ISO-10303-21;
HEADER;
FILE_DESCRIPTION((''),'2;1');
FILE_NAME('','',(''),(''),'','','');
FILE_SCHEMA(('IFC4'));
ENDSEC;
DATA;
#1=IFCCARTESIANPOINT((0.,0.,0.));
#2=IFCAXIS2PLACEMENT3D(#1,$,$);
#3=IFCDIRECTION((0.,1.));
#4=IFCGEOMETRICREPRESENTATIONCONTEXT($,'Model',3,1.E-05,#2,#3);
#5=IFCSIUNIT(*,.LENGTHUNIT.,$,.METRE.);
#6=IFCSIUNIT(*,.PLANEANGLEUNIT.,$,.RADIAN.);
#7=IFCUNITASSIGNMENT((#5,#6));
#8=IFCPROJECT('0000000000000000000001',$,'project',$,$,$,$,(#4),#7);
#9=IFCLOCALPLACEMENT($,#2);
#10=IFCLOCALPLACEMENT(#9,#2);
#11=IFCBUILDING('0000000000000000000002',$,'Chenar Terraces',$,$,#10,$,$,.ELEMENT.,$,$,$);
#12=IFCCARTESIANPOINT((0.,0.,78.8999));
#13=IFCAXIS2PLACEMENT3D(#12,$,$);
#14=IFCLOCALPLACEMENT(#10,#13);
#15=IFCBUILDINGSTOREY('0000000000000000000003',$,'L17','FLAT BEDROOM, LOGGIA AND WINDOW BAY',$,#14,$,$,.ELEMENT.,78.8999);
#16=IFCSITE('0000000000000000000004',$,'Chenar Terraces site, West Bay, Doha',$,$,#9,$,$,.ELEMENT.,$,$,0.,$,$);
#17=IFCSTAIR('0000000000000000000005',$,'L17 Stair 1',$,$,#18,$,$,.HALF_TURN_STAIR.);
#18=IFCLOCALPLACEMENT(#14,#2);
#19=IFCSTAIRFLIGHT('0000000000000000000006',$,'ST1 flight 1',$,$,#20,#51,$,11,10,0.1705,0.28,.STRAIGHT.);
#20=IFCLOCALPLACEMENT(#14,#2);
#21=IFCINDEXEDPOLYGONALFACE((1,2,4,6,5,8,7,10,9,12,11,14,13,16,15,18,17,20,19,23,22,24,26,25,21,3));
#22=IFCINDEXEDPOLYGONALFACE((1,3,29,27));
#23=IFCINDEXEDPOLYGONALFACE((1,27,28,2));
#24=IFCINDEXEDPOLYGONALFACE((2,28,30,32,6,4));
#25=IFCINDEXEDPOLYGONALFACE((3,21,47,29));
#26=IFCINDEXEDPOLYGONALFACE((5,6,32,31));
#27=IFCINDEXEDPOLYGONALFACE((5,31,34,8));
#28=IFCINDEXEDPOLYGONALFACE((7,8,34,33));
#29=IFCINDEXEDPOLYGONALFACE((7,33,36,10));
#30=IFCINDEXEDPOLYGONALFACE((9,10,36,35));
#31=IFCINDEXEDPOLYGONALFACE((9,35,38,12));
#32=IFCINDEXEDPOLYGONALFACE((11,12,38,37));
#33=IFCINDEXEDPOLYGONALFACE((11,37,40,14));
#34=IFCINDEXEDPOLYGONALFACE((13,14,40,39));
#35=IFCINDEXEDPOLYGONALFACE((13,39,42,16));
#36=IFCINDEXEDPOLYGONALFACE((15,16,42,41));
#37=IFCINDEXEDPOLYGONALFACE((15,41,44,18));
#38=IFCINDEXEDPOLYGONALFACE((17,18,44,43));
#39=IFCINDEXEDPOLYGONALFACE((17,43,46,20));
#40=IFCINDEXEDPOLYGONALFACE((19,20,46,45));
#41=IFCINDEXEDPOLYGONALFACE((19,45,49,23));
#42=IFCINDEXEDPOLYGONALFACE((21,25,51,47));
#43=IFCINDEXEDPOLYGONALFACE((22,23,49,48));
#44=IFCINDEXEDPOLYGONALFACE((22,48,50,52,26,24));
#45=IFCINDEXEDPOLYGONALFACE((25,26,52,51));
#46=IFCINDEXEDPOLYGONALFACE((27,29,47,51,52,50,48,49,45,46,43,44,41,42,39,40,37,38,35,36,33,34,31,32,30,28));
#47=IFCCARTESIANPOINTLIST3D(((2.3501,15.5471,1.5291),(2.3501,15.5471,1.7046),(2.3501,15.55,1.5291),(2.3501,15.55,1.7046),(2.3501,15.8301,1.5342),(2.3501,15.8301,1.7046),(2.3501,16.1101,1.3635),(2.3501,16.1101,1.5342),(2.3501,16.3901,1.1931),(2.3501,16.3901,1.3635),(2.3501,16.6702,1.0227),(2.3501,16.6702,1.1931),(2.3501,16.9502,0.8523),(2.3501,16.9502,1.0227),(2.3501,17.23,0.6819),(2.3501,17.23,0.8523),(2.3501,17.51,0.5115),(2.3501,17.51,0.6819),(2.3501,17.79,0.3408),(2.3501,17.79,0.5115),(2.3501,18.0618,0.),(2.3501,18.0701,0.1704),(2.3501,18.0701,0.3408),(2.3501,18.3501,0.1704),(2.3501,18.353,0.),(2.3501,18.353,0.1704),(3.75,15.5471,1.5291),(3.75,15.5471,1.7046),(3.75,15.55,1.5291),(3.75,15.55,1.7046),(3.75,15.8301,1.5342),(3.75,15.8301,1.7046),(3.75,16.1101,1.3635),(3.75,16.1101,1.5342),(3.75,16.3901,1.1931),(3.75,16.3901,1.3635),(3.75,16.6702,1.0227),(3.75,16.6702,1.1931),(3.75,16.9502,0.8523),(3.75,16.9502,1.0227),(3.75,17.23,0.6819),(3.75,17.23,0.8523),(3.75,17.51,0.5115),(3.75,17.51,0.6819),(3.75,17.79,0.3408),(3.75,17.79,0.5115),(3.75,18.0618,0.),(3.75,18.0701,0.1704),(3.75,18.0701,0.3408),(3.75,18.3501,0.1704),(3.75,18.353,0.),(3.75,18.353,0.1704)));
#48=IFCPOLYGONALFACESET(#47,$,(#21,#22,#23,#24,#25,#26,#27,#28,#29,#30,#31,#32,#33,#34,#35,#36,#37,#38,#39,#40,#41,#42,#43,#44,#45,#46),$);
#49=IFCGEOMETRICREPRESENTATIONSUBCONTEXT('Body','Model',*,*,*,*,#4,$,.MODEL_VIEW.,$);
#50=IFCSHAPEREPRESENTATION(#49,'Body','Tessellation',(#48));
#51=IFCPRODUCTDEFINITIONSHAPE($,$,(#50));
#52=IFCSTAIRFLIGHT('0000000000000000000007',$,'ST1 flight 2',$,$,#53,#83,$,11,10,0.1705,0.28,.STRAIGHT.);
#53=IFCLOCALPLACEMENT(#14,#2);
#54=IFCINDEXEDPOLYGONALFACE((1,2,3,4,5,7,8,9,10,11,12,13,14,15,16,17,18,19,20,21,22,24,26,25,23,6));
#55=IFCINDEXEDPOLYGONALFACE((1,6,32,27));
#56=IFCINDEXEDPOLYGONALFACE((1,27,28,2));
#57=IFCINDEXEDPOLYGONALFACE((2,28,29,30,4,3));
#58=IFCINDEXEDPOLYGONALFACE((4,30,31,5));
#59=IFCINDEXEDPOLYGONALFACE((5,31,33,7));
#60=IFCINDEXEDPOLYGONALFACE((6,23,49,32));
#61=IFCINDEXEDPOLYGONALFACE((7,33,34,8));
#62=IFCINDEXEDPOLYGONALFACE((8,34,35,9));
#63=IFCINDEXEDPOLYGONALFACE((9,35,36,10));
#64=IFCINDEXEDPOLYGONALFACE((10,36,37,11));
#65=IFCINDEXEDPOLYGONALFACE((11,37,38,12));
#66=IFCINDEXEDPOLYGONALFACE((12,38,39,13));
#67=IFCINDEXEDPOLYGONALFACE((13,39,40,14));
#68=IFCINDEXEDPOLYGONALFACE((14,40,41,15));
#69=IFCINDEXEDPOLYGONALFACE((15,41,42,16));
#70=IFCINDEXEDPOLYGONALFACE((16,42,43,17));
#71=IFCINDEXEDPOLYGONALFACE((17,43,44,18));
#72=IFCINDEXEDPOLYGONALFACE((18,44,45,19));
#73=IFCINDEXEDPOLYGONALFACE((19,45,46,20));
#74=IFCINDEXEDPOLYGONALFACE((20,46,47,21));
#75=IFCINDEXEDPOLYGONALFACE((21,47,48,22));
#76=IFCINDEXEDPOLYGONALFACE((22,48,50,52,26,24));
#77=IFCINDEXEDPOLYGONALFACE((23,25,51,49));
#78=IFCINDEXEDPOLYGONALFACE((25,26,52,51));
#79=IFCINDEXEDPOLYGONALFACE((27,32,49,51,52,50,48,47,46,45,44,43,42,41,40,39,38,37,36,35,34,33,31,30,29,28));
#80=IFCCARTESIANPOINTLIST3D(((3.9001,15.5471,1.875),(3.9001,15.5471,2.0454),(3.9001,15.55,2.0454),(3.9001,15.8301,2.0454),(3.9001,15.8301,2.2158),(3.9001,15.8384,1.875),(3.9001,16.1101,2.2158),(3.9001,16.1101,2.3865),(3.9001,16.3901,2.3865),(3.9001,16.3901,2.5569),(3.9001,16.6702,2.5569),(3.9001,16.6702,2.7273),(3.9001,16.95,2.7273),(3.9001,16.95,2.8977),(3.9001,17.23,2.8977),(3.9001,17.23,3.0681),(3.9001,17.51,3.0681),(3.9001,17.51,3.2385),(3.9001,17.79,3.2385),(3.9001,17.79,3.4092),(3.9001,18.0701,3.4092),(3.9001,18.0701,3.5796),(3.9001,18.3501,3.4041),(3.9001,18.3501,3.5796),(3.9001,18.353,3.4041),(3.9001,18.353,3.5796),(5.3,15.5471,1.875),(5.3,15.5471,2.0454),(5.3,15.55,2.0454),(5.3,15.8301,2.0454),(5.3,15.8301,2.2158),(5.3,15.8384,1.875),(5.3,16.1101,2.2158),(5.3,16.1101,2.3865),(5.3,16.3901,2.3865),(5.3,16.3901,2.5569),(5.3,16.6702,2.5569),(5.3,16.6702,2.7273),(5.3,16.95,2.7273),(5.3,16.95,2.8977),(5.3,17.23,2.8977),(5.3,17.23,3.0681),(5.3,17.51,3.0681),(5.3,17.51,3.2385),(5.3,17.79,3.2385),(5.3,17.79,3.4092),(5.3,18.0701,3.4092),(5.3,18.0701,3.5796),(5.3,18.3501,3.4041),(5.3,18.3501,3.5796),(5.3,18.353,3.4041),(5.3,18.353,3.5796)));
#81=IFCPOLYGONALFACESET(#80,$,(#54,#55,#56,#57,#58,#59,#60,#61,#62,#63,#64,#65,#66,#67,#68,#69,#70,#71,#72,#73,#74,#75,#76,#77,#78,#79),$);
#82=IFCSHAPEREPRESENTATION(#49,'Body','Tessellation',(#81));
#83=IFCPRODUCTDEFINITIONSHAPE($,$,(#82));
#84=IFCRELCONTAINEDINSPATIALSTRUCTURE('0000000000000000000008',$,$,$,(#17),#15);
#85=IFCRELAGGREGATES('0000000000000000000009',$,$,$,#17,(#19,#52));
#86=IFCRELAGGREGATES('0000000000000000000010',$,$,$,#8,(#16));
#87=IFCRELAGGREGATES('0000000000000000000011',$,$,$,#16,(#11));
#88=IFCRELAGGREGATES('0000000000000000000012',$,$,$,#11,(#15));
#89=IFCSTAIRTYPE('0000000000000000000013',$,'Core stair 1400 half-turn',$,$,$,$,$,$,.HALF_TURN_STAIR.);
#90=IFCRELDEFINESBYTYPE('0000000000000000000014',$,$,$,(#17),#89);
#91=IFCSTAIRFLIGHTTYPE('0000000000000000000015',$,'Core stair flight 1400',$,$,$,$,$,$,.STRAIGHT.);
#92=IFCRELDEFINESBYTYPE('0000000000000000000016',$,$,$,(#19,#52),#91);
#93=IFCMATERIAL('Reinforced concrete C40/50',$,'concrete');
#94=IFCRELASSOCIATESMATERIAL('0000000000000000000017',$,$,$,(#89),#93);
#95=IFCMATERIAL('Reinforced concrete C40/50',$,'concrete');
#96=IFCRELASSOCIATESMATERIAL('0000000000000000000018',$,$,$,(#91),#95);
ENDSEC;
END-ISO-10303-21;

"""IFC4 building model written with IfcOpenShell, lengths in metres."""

from ifc_helpers import new_model, si_unit, direction, frame, origin, place, context, subcontext, project, spatial, polyline, outline, extrude, material, type_object, element, aggregate, save


model = new_model("IFC4")

# Units and contexts
model_context = context("Model", 3, precision=1e-05, world=origin(), true_north=direction((0.0, 1.0)))
body_context = subcontext(model_context, "Body", "Model", "MODEL_VIEW")
ifc_project = project(units=[si_unit("LENGTHUNIT", "METRE"), si_unit("PLANEANGLEUNIT", "RADIAN")], contexts=[model_context])

# Site, building, storey
site_placement = place(None, origin())
site = spatial("IfcSite", under=ifc_project, at=site_placement, Name="Chenar Terraces site, West Bay, Doha", CompositionType="ELEMENT", RefElevation=0.0)
building_placement = place(site_placement, origin())
building = spatial("IfcBuilding", under=site, at=building_placement, Name="Chenar Terraces", CompositionType="ELEMENT")
storey_placement = place(building_placement, frame((0.0, 0.0, 78.8999)))
storey = spatial("IfcBuildingStorey", under=building, at=storey_placement, Name="L17", Description="FLAT BEDROOM, LOGGIA AND WINDOW BAY", CompositionType="ELEMENT", Elevation=78.8999)

# Stair, stair flights
ifc_material_1 = material(Name="Reinforced concrete C40/50", Category="concrete")
stair_type = type_object("IfcStairType", Name="Core stair 1400 half-turn", PredefinedType="HALF_TURN_STAIR", material=ifc_material_1)
stair_placement = place(storey_placement, origin())
stair = element("IfcStair", 1, at=stair_placement, inside=storey, type_object=stair_type, Name="L17 Stair 1", PredefinedType="HALF_TURN_STAIR")
ifc_material_2 = material(Name="Reinforced concrete C40/50", Category="concrete")
stair_flight_type = type_object("IfcStairFlightType", Name="Core stair flight 1400", PredefinedType="STRAIGHT", material=ifc_material_2)
stair_flight_1_placement = place(storey_placement, frame((3.05, 18.3501, 0.0), z_axis=(0.0, 0.0, 1.0), x_axis=(0.0, -1.0, 0.0)))
stair_flight_1 = element("IfcStairFlight", 2, at=stair_flight_1_placement, type_object=stair_flight_type, Name="ST1 flight 1", NumberOfRisers=11, NumberOfTreads=10, PredefinedType="STRAIGHT", RiserHeight=0.1705, TreadLength=0.28, context=body_context, shape_type="SweptSolid", body=[
    extrude(outline(polyline([(-0.0029, 0.0), (-0.0029, 0.1704), (0.0, 0.1704), (0.28, 0.1704), (0.28, 0.3408), (0.5601, 0.3408), (0.5601, 0.5115), (0.8401, 0.5115), (0.8401, 0.6819), (1.1201, 0.6819), (1.1201, 0.8523), (1.3999, 0.8523), (1.3999, 1.0227), (1.6799, 1.0227), (1.6799, 1.1931), (1.96, 1.1931), (1.96, 1.3635), (2.24, 1.3635), (2.24, 1.5342), (2.52, 1.5342), (2.52, 1.7046), (2.8, 1.7046), (2.803, 1.7046), (2.803, 1.5291), (2.8, 1.5291), (0.2883, 0.0), (-0.0029, 0.0)])), frame((0.0, 0.7, 0.0), z_axis=(0.0, -1.0, 0.0), x_axis=(1.0, 0.0, 0.0)), (0.0, 0.0, 1.0), 1.3999),
])
stair_flight_2_placement = place(storey_placement, frame((4.6001, 15.55, 1.875), z_axis=(0.0, 0.0, 1.0), x_axis=(0.0, 1.0, 0.0)))
stair_flight_2 = element("IfcStairFlight", 3, at=stair_flight_2_placement, type_object=stair_flight_type, Name="ST1 flight 2", NumberOfRisers=11, NumberOfTreads=10, PredefinedType="STRAIGHT", RiserHeight=0.1705, TreadLength=0.28, context=body_context, shape_type="SweptSolid", body=[
    extrude(outline(polyline([(-0.0029, 0.0), (-0.0029, 0.1704), (0.0, 0.1704), (0.28, 0.1704), (0.28, 0.3408), (0.5601, 0.3408), (0.5601, 0.5115), (0.8401, 0.5115), (0.8401, 0.6819), (1.1201, 0.6819), (1.1201, 0.8523), (1.3999, 0.8523), (1.3999, 1.0227), (1.6799, 1.0227), (1.6799, 1.1931), (1.96, 1.1931), (1.96, 1.3635), (2.24, 1.3635), (2.24, 1.5342), (2.52, 1.5342), (2.52, 1.7046), (2.8, 1.7046), (2.803, 1.7046), (2.803, 1.5291), (2.8, 1.5291), (0.2883, 0.0), (-0.0029, 0.0)])), frame((0.0, 0.7, 0.0), z_axis=(0.0, -1.0, 0.0), x_axis=(1.0, 0.0, 0.0)), (0.0, 0.0, 1.0), 1.3999),
])
aggregate(stair, [stair_flight_1, stair_flight_2])

save(model, "model.ifc")
